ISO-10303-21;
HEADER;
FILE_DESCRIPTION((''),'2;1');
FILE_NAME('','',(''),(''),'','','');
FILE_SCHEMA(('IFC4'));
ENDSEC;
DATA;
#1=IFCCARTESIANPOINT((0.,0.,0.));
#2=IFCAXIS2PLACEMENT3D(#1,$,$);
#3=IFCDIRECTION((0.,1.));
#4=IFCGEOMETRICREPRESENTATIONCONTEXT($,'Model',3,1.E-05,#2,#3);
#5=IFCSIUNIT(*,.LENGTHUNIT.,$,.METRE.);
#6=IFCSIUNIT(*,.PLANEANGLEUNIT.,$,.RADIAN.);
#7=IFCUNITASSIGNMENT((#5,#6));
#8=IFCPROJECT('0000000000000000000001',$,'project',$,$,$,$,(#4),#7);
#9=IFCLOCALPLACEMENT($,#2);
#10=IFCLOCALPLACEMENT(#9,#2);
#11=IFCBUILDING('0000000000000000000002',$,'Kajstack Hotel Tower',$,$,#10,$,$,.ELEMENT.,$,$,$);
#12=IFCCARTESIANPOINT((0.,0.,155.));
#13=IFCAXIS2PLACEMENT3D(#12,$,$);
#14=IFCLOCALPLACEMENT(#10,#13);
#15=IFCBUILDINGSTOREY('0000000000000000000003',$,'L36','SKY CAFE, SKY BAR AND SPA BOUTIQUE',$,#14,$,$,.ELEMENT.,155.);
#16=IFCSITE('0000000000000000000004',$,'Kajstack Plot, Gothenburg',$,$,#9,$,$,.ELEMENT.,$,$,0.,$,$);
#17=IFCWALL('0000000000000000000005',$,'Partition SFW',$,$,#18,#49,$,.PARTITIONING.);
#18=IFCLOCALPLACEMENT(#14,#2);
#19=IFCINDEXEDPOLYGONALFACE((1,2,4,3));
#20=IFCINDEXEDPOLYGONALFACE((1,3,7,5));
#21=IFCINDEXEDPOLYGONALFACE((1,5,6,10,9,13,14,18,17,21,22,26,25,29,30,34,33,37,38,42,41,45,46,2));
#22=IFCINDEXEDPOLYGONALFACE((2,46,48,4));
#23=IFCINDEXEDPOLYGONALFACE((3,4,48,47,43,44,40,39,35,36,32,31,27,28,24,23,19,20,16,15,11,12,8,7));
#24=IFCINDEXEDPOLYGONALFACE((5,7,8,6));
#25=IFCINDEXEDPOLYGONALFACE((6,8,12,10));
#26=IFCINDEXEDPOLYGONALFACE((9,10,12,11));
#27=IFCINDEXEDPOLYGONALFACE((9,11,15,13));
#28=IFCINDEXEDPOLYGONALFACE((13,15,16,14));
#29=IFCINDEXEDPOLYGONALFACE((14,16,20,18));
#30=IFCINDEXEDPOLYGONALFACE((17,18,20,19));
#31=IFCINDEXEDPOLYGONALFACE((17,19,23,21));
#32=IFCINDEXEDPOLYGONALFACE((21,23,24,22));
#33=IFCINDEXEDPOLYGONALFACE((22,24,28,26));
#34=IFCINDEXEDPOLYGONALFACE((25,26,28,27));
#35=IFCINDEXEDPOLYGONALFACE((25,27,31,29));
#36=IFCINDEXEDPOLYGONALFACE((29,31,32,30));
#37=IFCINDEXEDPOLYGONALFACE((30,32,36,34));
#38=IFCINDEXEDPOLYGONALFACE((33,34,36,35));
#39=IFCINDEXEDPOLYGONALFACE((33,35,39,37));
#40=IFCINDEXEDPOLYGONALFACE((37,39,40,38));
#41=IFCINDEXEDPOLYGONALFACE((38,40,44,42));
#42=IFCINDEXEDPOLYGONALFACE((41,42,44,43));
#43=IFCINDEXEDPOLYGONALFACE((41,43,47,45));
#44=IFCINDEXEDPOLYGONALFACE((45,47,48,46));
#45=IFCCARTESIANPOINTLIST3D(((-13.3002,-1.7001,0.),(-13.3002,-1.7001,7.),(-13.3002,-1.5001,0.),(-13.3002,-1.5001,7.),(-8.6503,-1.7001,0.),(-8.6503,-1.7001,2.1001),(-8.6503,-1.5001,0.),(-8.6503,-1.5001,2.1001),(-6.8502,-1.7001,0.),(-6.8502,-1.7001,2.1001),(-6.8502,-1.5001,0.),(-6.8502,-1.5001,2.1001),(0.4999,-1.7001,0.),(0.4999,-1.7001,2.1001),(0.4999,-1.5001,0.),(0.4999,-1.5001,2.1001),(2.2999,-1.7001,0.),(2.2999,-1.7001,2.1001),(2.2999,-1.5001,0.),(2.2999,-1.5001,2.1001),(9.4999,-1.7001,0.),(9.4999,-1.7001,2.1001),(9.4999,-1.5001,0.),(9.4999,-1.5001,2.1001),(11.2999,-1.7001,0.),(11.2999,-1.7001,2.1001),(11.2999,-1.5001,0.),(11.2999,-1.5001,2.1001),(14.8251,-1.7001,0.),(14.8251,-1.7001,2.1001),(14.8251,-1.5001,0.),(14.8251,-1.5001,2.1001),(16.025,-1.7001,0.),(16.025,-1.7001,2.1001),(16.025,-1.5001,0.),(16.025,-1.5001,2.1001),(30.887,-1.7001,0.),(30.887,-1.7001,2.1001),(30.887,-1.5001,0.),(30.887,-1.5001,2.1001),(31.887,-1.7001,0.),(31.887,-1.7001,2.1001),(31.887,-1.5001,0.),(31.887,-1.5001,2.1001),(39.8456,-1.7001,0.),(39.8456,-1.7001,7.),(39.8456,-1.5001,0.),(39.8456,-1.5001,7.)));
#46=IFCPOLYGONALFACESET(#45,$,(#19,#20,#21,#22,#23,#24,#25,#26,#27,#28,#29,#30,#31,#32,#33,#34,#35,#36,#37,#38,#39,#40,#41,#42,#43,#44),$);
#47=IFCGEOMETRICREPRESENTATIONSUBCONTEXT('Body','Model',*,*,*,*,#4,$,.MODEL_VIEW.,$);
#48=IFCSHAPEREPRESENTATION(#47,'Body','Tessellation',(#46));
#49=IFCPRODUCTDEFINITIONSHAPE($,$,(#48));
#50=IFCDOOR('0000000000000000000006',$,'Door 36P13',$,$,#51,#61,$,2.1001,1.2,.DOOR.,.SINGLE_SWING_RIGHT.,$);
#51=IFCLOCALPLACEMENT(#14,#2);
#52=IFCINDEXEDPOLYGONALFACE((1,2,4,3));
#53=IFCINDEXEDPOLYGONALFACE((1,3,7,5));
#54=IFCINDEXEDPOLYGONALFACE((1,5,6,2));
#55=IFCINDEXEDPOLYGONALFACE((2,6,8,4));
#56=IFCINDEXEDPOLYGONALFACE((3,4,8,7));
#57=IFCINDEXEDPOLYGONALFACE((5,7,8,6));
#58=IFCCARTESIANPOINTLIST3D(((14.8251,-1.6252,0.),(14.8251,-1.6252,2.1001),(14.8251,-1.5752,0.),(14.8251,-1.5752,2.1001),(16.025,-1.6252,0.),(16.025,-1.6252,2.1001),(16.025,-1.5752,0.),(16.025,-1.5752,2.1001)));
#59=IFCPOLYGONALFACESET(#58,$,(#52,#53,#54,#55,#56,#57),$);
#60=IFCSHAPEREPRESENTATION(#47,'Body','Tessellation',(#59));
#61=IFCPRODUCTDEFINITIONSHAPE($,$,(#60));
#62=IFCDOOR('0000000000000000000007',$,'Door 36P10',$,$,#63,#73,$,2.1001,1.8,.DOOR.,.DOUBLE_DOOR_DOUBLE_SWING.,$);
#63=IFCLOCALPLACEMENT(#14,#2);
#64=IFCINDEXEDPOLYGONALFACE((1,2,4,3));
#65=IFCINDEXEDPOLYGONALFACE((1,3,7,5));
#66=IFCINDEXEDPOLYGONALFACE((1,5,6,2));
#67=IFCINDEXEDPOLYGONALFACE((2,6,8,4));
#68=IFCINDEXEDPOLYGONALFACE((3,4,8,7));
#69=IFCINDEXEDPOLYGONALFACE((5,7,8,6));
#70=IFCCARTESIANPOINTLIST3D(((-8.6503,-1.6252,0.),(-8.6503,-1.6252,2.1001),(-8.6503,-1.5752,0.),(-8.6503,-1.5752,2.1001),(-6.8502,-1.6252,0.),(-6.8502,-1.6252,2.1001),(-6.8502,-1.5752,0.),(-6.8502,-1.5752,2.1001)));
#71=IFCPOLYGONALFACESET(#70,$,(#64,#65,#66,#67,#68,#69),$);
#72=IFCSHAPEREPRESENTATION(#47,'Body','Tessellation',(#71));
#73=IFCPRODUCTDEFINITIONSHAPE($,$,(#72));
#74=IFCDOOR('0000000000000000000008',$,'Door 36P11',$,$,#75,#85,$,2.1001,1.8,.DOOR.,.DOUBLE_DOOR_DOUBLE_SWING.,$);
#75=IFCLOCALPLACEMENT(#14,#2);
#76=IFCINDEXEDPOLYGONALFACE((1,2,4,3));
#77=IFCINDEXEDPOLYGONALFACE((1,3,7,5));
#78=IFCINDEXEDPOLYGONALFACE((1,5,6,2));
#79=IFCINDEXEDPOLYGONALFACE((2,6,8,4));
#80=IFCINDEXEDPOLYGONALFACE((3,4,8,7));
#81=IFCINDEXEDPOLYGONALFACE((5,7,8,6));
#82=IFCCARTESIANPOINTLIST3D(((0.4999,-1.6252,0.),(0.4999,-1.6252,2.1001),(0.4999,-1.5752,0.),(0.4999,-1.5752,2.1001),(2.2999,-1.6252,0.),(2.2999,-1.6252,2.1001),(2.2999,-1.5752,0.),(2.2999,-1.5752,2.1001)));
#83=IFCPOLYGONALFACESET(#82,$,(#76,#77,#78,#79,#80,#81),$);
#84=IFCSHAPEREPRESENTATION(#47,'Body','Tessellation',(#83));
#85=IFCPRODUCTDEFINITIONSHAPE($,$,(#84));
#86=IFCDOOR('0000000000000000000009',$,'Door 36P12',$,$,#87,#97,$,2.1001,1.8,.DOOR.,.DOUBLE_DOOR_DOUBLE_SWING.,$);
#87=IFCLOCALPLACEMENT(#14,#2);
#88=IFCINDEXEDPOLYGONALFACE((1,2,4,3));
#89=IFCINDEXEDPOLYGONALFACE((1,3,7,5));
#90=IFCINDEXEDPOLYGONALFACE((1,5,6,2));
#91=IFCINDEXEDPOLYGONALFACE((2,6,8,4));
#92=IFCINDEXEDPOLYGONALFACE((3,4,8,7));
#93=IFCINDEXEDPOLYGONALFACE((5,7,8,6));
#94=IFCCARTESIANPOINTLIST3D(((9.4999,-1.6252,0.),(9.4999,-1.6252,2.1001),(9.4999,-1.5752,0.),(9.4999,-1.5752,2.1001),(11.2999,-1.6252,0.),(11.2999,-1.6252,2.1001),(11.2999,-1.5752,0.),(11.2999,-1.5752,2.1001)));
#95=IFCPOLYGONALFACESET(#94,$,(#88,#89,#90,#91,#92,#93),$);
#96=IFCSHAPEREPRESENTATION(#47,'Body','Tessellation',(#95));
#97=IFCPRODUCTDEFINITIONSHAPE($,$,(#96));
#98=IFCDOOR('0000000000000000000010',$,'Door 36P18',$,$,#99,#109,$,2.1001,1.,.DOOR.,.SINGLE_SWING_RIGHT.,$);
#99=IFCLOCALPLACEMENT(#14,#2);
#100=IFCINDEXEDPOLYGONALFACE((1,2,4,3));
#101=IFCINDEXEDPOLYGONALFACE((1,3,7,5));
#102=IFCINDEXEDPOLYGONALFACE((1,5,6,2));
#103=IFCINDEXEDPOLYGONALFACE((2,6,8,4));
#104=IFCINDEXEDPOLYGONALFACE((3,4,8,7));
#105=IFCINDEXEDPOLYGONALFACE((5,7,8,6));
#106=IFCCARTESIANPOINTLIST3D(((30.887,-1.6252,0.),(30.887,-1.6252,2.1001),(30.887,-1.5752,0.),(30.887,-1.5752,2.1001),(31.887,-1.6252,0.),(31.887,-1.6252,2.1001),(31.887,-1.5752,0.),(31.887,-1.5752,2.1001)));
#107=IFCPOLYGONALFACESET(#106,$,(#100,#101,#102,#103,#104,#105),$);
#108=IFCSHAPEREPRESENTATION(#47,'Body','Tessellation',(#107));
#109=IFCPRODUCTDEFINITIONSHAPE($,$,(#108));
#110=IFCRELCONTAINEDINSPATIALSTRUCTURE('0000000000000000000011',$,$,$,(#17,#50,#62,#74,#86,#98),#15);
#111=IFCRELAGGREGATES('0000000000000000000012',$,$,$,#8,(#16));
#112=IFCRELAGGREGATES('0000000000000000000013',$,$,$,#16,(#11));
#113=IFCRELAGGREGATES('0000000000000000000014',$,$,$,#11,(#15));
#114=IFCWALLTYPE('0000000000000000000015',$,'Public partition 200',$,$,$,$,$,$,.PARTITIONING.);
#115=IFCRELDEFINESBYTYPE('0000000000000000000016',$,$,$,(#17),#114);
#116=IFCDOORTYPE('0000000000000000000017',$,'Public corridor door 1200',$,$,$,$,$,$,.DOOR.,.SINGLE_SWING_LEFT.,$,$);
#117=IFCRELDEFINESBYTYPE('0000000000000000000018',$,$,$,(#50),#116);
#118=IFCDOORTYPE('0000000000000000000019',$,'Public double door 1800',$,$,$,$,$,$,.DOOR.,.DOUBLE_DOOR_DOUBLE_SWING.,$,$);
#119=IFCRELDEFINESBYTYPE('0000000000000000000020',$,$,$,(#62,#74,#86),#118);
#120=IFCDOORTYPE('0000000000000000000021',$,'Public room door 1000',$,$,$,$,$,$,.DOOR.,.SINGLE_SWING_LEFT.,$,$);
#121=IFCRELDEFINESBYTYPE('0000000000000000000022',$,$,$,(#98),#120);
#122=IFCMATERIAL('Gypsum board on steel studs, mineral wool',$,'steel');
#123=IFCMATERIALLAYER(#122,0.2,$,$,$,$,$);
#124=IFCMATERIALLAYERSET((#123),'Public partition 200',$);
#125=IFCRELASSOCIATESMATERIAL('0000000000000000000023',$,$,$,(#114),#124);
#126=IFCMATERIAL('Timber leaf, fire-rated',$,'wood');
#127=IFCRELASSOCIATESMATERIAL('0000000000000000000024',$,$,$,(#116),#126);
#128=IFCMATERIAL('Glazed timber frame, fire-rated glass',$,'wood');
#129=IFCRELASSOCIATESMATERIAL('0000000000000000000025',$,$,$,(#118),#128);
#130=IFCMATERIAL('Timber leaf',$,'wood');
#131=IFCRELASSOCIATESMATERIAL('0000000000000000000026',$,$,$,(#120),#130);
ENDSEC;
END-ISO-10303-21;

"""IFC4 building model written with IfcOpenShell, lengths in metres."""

from ifc_helpers import new_model, si_unit, direction, frame, frame_2d, origin, place, context, subcontext, project, spatial, rectangle, extrude, material, layer, layer_set, type_object, element, fill, save


model = new_model("IFC4")

# Units and contexts
model_context = context("Model", 3, precision=1e-05, world=origin(), true_north=direction((0.0, 1.0)))
body_context = subcontext(model_context, "Body", "Model", "MODEL_VIEW")
ifc_project = project(units=[si_unit("LENGTHUNIT", "METRE"), si_unit("PLANEANGLEUNIT", "RADIAN")], contexts=[model_context])

# Site, building, storey
site_placement = place(None, origin())
site = spatial("IfcSite", under=ifc_project, at=site_placement, Name="Kajstack Plot, Gothenburg", CompositionType="ELEMENT", RefElevation=0.0)
building_placement = place(site_placement, origin())
building = spatial("IfcBuilding", under=site, at=building_placement, Name="Kajstack Hotel Tower", CompositionType="ELEMENT")
storey_placement = place(building_placement, frame((0.0, 0.0, 155.0)))
storey = spatial("IfcBuildingStorey", under=building, at=storey_placement, Name="L36", Description="SKY CAFE, SKY BAR AND SPA BOUTIQUE", CompositionType="ELEMENT", Elevation=155.0)

# Shared definitions
ifc_material_1 = material(Name="Gypsum board on steel studs, mineral wool", Category="steel")
ifc_layer_1 = layer(ifc_material_1, 0.2)
ifc_layer_set_1 = layer_set([ifc_layer_1], Name="Public partition 200")
wall_type_1 = type_object("IfcWallType", Name="Public partition 200", PredefinedType="PARTITIONING", material=ifc_layer_set_1)

# Wall, openings, doors
wall_1_placement = place(storey_placement, frame((-13.3, -1.6001, 0.0), z_axis=(0.0, 0.0, 1.0), x_axis=(1.0, 0.0, 0.0)))
wall_1 = element("IfcWall", 1, at=wall_1_placement, inside=storey, type_object=wall_type_1, Name="Partition SFW", PredefinedType="PARTITIONING", context=body_context, shape_type="SweptSolid", body=[
    extrude(rectangle(XDim=53.1458, YDim=0.2, at=frame_2d((26.5728, 0.0))), origin(), (0.0, 0.0, 1.0), 7.0),
])
opening_1_placement = place(wall_1_placement, frame((4.6499, 0.0, 0.0)))
opening_1 = element("IfcOpeningElement", 2, at=opening_1_placement, cuts=wall_1, PredefinedType="OPENING", context=body_context, shape_type="SweptSolid", body=[
    extrude(rectangle(XDim=1.8, YDim=2.1001, at=frame_2d((0.8999, 1.05))), frame((0.0, 0.1099, 0.0), z_axis=(0.0, -1.0, 0.0), x_axis=(1.0, 0.0, 0.0)), (0.0, 0.0, 1.0), 0.22),
])
opening_2_placement = place(wall_1_placement, frame((13.8, 0.0, 0.0)))
opening_2 = element("IfcOpeningElement", 3, at=opening_2_placement, cuts=wall_1, PredefinedType="OPENING", context=body_context, shape_type="SweptSolid", body=[
    extrude(rectangle(XDim=1.8, YDim=2.1001, at=frame_2d((0.8999, 1.05))), frame((0.0, 0.1099, 0.0), z_axis=(0.0, -1.0, 0.0), x_axis=(1.0, 0.0, 0.0)), (0.0, 0.0, 1.0), 0.22),
])
opening_3_placement = place(wall_1_placement, frame((22.8, 0.0, 0.0)))
opening_3 = element("IfcOpeningElement", 4, at=opening_3_placement, cuts=wall_1, PredefinedType="OPENING", context=body_context, shape_type="SweptSolid", body=[
    extrude(rectangle(XDim=1.8, YDim=2.1001, at=frame_2d((0.8999, 1.05))), frame((0.0, 0.1099, 0.0), z_axis=(0.0, -1.0, 0.0), x_axis=(1.0, 0.0, 0.0)), (0.0, 0.0, 1.0), 0.22),
])
opening_4_placement = place(wall_1_placement, frame((28.125, 0.0, 0.0)))
opening_4 = element("IfcOpeningElement", 5, at=opening_4_placement, cuts=wall_1, PredefinedType="OPENING", context=body_context, shape_type="SweptSolid", body=[
    extrude(rectangle(XDim=1.2, YDim=2.1001, at=frame_2d((0.6001, 1.05))), frame((0.0, 0.1099, 0.0), z_axis=(0.0, -1.0, 0.0), x_axis=(1.0, 0.0, 0.0)), (0.0, 0.0, 1.0), 0.22),
])
opening_5_placement = place(wall_1_placement, frame((44.187, 0.0, 0.0)))
opening_5 = element("IfcOpeningElement", 6, at=opening_5_placement, cuts=wall_1, PredefinedType="OPENING", context=body_context, shape_type="SweptSolid", body=[
    extrude(rectangle(XDim=1.0, YDim=2.1001, at=frame_2d((0.5, 1.05))), frame((0.0, 0.1099, 0.0), z_axis=(0.0, -1.0, 0.0), x_axis=(1.0, 0.0, 0.0)), (0.0, 0.0, 1.0), 0.22),
])
ifc_material_2 = material(Name="Timber leaf, fire-rated", Category="wood")
door_type_1 = type_object("IfcDoorType", Name="Public corridor door 1200", OperationType="SINGLE_SWING_LEFT", PredefinedType="DOOR", material=ifc_material_2)
door_1_placement = place(opening_4_placement, origin())
door_1 = element("IfcDoor", 7, at=door_1_placement, inside=storey, type_object=door_type_1, Name="Door 36P13", OperationType="SINGLE_SWING_RIGHT", OverallHeight=2.1001, OverallWidth=1.2, PredefinedType="DOOR", context=body_context, shape_type="SweptSolid", body=[
    extrude(rectangle(XDim=1.2, YDim=2.1001, at=frame_2d((0.6001, 1.05))), frame((0.0, 0.0249, 0.0), z_axis=(0.0, -1.0, 0.0), x_axis=(1.0, 0.0, 0.0)), (0.0, 0.0, 1.0), 0.05),
])
fill(opening_4, door_1)
ifc_material_3 = material(Name="Glazed timber frame, fire-rated glass", Category="wood")
door_type_2 = type_object("IfcDoorType", Name="Public double door 1800", OperationType="DOUBLE_DOOR_DOUBLE_SWING", PredefinedType="DOOR", material=ifc_material_3)
door_2_placement = place(opening_1_placement, origin())
door_2 = element("IfcDoor", 8, at=door_2_placement, inside=storey, type_object=door_type_2, Name="Door 36P10", OperationType="DOUBLE_DOOR_DOUBLE_SWING", OverallHeight=2.1001, OverallWidth=1.8, PredefinedType="DOOR", context=body_context, shape_type="SweptSolid", body=[
    extrude(rectangle(XDim=1.8, YDim=2.1001, at=frame_2d((0.8999, 1.05))), frame((0.0, 0.0249, 0.0), z_axis=(0.0, -1.0, 0.0), x_axis=(1.0, 0.0, 0.0)), (0.0, 0.0, 1.0), 0.05),
])
fill(opening_1, door_2)
door_3_placement = place(opening_2_placement, origin())
door_3 = element("IfcDoor", 9, at=door_3_placement, inside=storey, type_object=door_type_2, Name="Door 36P11", OperationType="DOUBLE_DOOR_DOUBLE_SWING", OverallHeight=2.1001, OverallWidth=1.8, PredefinedType="DOOR", context=body_context, shape_type="SweptSolid", body=[
    extrude(rectangle(XDim=1.8, YDim=2.1001, at=frame_2d((0.8999, 1.05))), frame((0.0, 0.0249, 0.0), z_axis=(0.0, -1.0, 0.0), x_axis=(1.0, 0.0, 0.0)), (0.0, 0.0, 1.0), 0.05),
])
fill(opening_2, door_3)
door_4_placement = place(opening_3_placement, origin())
door_4 = element("IfcDoor", 10, at=door_4_placement, inside=storey, type_object=door_type_2, Name="Door 36P12", OperationType="DOUBLE_DOOR_DOUBLE_SWING", OverallHeight=2.1001, OverallWidth=1.8, PredefinedType="DOOR", context=body_context, shape_type="SweptSolid", body=[
    extrude(rectangle(XDim=1.8, YDim=2.1001, at=frame_2d((0.8999, 1.05))), frame((0.0, 0.0249, 0.0), z_axis=(0.0, -1.0, 0.0), x_axis=(1.0, 0.0, 0.0)), (0.0, 0.0, 1.0), 0.05),
])
fill(opening_3, door_4)
ifc_material_4 = material(Name="Timber leaf", Category="wood")
door_type_3 = type_object("IfcDoorType", Name="Public room door 1000", OperationType="SINGLE_SWING_LEFT", PredefinedType="DOOR", material=ifc_material_4)
door_5_placement = place(opening_5_placement, origin())
door_5 = element("IfcDoor", 11, at=door_5_placement, inside=storey, type_object=door_type_3, Name="Door 36P18", OperationType="SINGLE_SWING_RIGHT", OverallHeight=2.1001, OverallWidth=1.0, PredefinedType="DOOR", context=body_context, shape_type="SweptSolid", body=[
    extrude(rectangle(XDim=1.0, YDim=2.1001, at=frame_2d((0.5, 1.05))), frame((0.0, 0.0249, 0.0), z_axis=(0.0, -1.0, 0.0), x_axis=(1.0, 0.0, 0.0)), (0.0, 0.0, 1.0), 0.05),
])
fill(opening_5, door_5)

save(model, "model.ifc")
